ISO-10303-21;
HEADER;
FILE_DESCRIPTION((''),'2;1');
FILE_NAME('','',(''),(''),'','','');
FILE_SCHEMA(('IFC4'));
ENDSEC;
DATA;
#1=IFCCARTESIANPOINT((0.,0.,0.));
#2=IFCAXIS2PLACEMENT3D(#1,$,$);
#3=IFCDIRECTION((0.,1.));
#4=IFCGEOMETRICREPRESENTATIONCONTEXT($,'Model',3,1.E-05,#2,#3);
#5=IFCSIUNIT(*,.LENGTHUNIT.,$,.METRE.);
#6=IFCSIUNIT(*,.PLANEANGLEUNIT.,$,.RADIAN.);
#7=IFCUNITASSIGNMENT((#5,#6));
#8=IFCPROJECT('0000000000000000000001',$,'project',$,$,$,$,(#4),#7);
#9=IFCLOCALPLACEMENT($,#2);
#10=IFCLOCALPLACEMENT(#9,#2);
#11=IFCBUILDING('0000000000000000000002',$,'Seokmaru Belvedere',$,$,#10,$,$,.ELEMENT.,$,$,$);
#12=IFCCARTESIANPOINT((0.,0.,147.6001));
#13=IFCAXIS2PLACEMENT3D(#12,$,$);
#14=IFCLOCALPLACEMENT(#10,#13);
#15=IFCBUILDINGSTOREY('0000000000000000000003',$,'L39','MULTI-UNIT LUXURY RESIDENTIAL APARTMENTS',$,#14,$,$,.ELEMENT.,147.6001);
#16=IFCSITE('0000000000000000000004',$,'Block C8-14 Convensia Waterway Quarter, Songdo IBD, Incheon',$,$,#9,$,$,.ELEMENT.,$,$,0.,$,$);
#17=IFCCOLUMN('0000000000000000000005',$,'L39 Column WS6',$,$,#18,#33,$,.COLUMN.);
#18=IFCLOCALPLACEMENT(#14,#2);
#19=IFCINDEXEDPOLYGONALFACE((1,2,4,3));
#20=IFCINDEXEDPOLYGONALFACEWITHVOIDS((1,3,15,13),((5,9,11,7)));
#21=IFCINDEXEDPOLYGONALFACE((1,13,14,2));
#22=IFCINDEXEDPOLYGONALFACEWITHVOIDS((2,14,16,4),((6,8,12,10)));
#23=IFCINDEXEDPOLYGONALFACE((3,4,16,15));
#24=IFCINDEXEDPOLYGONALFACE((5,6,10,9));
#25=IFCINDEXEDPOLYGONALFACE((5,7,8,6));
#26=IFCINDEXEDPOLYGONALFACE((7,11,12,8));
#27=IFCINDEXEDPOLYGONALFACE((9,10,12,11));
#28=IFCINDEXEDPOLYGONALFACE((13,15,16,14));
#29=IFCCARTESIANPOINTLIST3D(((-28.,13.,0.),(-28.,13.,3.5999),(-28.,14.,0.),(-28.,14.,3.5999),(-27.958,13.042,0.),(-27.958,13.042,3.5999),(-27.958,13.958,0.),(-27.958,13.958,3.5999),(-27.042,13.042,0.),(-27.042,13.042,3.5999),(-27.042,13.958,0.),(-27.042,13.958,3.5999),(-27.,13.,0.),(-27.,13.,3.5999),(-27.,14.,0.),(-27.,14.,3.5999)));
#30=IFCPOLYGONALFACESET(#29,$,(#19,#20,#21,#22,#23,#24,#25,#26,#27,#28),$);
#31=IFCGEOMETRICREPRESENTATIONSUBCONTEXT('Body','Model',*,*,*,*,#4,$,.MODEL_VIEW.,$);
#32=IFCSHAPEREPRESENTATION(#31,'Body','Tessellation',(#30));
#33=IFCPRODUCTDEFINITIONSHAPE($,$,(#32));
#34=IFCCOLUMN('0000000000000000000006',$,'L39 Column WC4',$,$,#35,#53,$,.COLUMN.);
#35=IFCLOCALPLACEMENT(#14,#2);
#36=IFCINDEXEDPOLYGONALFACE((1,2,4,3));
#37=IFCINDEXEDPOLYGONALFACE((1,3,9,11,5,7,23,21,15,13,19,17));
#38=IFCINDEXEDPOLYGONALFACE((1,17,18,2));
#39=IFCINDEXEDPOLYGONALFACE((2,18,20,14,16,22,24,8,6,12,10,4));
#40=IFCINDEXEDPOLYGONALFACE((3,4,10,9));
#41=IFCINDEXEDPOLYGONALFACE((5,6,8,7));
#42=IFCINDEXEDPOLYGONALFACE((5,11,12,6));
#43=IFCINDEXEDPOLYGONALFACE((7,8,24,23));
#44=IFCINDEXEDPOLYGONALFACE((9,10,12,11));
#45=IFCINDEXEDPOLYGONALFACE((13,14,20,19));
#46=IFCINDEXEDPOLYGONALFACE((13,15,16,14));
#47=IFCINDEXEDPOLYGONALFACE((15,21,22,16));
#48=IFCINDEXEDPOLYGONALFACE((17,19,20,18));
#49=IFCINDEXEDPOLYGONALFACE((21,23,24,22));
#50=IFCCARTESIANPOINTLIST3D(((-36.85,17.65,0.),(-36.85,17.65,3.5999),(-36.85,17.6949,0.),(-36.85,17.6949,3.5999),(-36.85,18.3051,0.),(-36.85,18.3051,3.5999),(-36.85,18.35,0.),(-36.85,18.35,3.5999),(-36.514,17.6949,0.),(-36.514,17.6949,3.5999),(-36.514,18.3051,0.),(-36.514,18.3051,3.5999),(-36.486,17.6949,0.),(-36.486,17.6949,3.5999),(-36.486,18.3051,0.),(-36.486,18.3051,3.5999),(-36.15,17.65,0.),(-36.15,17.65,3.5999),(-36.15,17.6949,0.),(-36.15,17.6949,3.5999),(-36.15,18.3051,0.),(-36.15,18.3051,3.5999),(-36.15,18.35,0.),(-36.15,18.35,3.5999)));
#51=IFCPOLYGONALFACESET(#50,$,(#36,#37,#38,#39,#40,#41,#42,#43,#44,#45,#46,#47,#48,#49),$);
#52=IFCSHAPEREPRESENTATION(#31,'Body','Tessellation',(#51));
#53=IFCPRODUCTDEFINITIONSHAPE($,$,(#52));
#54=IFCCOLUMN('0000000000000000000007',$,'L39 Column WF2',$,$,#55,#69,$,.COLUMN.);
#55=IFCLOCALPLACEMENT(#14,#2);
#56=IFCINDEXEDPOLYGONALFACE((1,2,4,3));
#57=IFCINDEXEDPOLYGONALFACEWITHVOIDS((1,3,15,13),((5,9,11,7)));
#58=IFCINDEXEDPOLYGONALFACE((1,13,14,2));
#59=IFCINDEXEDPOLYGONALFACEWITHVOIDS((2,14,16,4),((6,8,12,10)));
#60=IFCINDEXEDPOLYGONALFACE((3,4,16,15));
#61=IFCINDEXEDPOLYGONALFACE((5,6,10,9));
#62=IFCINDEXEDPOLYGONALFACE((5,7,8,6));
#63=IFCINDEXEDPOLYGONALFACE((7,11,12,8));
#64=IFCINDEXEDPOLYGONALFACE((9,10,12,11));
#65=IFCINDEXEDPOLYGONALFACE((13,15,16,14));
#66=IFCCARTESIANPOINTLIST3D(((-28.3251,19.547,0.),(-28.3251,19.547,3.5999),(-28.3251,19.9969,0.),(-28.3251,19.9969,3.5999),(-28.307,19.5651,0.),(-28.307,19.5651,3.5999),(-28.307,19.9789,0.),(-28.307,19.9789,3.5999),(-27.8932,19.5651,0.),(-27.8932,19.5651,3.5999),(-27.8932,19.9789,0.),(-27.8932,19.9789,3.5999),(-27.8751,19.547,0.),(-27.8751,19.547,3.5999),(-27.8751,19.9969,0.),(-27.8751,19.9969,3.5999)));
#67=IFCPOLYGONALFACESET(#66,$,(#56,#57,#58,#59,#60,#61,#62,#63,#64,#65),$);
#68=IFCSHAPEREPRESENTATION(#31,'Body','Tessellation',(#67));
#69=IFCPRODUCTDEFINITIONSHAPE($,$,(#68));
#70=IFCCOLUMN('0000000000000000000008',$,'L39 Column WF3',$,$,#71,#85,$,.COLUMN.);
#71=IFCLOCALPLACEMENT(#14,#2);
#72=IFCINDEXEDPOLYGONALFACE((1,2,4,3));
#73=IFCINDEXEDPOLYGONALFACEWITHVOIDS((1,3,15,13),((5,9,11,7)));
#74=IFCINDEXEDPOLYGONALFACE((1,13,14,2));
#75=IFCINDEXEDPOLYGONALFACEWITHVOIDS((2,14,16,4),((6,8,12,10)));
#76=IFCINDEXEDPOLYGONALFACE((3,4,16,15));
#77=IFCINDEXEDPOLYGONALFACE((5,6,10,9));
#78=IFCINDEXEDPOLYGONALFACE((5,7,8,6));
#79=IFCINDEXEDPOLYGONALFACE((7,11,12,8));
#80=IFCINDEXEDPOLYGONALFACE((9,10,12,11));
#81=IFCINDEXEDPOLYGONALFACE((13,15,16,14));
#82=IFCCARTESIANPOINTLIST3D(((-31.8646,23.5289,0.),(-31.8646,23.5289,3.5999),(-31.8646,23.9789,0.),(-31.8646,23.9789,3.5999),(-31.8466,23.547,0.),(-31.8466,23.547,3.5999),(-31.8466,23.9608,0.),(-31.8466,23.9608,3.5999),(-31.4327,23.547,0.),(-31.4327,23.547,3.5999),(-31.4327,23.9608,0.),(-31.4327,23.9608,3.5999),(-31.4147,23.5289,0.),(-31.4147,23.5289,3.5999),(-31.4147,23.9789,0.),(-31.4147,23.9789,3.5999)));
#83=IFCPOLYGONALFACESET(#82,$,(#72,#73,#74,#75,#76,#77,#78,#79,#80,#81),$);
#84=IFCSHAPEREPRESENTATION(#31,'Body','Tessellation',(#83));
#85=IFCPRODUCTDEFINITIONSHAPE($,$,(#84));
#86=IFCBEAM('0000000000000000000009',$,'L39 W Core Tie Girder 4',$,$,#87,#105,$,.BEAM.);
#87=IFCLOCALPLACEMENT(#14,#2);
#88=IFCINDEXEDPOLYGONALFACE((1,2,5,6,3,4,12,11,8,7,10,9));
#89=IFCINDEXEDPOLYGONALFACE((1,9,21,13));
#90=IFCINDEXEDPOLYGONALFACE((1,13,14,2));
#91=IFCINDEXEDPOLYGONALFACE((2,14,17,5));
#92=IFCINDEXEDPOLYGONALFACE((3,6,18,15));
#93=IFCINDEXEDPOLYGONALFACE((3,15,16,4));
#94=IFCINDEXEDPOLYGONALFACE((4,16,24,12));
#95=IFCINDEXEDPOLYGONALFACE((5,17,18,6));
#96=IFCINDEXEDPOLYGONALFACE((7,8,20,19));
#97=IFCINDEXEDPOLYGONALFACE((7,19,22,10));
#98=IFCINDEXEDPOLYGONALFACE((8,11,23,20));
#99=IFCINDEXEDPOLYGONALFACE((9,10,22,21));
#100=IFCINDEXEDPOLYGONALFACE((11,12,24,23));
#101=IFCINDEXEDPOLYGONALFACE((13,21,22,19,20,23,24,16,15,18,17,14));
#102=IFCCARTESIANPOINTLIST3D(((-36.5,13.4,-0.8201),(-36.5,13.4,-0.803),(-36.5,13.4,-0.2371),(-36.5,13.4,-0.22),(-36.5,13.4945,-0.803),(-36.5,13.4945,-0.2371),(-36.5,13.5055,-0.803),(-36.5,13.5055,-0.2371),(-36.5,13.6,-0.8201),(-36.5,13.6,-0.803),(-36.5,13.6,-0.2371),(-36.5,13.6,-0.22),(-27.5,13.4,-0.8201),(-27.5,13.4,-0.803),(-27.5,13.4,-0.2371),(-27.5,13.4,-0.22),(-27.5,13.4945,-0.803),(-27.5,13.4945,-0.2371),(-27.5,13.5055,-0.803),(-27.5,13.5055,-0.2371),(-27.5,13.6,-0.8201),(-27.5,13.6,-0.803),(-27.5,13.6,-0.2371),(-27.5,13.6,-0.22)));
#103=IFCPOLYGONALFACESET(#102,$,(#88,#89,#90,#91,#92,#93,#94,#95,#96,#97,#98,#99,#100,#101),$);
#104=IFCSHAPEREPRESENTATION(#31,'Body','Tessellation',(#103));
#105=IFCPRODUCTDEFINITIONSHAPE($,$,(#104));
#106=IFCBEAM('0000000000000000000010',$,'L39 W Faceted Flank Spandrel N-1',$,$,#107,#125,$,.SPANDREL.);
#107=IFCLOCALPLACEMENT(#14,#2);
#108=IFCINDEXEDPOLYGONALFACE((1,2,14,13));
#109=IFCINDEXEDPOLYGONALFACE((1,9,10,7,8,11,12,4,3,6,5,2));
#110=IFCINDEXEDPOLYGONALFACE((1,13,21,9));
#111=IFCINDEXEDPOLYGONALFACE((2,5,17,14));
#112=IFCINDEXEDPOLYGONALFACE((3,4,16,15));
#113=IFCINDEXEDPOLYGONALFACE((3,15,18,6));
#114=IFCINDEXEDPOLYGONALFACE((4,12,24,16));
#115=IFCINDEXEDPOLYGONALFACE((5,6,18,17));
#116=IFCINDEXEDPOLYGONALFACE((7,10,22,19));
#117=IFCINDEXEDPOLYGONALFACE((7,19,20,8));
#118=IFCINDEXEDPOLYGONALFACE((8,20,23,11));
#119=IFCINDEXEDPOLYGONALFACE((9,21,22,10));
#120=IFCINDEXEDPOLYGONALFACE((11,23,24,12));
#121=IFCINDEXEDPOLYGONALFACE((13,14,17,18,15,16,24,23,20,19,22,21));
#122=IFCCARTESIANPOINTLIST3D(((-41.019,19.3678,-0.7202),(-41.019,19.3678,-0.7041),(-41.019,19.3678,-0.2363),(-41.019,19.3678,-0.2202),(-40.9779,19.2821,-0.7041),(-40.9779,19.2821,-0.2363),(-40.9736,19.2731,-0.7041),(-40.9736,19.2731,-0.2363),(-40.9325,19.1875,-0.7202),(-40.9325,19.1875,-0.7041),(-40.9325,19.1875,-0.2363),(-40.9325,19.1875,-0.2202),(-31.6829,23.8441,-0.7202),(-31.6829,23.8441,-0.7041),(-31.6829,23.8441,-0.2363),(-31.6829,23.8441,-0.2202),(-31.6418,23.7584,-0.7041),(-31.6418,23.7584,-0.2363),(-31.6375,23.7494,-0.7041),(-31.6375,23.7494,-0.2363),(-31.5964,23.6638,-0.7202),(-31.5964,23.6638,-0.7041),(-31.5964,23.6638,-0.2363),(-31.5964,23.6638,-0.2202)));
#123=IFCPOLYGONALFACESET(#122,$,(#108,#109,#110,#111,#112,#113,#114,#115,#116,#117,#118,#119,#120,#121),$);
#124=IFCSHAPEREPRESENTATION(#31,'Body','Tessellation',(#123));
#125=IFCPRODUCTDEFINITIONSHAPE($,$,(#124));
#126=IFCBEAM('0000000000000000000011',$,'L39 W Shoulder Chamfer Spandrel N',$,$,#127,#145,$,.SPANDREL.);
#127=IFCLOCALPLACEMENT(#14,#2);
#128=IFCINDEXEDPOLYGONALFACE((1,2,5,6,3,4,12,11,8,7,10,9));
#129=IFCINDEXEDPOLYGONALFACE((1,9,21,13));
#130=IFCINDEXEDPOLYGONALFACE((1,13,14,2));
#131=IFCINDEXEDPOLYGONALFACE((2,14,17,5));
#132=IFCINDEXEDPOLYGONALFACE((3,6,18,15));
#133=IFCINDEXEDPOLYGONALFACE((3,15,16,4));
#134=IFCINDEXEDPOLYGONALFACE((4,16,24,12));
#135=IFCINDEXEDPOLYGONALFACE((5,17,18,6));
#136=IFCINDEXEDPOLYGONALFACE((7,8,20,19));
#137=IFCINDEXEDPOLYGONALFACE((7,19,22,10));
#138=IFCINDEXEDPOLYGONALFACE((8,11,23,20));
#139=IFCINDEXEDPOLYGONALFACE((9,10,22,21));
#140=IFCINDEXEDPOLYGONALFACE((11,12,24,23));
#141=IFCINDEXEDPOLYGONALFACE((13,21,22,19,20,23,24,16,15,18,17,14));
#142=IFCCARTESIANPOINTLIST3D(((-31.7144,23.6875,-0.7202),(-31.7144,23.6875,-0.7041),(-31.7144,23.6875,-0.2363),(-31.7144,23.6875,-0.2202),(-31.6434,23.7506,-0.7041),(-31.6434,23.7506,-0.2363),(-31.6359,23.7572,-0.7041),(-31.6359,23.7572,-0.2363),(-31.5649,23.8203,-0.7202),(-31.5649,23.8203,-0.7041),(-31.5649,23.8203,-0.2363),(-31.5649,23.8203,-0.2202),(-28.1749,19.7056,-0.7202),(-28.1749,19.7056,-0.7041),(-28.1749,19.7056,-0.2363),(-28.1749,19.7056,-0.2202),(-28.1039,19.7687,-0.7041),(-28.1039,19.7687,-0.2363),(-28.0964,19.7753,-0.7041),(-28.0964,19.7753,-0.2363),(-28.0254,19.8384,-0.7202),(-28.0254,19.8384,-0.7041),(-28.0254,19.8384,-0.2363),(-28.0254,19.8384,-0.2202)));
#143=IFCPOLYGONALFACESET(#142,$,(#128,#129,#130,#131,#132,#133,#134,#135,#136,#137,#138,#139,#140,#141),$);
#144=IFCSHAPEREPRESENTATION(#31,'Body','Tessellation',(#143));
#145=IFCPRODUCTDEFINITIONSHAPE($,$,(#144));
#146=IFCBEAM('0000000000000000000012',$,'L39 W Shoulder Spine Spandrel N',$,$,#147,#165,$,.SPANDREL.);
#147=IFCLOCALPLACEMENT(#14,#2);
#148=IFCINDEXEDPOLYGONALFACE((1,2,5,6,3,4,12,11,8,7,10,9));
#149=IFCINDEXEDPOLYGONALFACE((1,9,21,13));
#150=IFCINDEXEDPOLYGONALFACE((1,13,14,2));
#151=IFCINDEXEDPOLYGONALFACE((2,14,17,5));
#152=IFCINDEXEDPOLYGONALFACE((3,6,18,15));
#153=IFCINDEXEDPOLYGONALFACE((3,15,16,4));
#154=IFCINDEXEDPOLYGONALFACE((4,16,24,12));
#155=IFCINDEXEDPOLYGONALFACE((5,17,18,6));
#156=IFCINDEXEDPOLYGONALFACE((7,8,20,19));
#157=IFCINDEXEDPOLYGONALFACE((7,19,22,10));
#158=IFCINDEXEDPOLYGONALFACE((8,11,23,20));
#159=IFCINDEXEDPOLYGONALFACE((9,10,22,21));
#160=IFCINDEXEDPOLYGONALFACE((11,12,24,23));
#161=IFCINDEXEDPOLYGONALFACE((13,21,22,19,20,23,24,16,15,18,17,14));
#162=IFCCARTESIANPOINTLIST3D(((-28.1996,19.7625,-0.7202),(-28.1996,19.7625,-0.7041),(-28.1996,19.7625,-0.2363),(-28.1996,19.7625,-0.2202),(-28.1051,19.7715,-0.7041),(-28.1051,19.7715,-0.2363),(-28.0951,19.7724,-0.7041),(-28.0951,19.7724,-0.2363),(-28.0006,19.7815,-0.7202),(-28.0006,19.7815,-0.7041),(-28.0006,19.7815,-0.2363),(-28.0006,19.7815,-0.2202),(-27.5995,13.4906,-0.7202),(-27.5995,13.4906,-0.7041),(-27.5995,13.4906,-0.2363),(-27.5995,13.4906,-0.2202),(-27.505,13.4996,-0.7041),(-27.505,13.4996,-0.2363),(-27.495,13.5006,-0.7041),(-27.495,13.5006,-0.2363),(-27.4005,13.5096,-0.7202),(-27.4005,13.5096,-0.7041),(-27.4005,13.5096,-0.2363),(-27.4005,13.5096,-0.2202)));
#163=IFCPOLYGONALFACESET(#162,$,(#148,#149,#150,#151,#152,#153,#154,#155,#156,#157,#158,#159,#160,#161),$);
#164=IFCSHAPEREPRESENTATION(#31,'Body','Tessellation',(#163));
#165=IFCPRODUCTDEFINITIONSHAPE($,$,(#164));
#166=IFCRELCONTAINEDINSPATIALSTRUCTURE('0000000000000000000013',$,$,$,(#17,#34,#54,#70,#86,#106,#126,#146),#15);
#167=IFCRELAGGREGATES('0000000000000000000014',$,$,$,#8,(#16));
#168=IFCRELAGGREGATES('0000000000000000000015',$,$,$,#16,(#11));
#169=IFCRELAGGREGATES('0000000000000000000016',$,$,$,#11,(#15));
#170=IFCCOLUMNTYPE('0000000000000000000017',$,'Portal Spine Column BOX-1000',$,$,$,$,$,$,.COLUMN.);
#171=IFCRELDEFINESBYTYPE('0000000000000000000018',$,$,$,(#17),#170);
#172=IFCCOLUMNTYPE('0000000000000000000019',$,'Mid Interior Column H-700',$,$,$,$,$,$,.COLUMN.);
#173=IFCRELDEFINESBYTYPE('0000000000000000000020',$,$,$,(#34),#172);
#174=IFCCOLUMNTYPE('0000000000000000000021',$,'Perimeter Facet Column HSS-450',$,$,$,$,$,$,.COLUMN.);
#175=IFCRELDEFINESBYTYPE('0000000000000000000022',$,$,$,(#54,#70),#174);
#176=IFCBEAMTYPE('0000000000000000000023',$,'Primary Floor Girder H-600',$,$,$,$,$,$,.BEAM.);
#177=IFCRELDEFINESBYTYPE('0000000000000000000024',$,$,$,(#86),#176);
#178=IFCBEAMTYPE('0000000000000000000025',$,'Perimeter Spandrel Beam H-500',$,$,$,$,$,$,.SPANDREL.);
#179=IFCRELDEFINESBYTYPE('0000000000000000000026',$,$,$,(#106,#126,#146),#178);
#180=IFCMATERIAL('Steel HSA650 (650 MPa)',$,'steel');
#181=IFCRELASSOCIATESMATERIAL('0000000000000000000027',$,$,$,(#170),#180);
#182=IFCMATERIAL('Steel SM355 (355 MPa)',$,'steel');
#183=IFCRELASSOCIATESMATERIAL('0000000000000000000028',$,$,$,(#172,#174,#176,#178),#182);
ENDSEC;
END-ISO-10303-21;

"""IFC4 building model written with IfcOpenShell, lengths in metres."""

from ifc_helpers import new_model, si_unit, direction, frame, origin, origin_2d, place, context, subcontext, project, spatial, hollow_rectangle, i_section, extrude, source, transform, mapped, material, material_profile, profile_set, type_object, type_shapes, element, save


model = new_model("IFC4")

# Units and contexts
model_context = context("Model", 3, precision=1e-05, world=origin(), true_north=direction((0.0, 1.0)))
body_context = subcontext(model_context, "Body", "Model", "MODEL_VIEW")
ifc_project = project(units=[si_unit("LENGTHUNIT", "METRE"), si_unit("PLANEANGLEUNIT", "RADIAN")], contexts=[model_context])

# Site, building, storey
site_placement = place(None, origin())
site = spatial("IfcSite", under=ifc_project, at=site_placement, Name="Block C8-14 Convensia Waterway Quarter, Songdo IBD, Incheon", CompositionType="ELEMENT", RefElevation=0.0)
building_placement = place(site_placement, origin())
building = spatial("IfcBuilding", under=site, at=building_placement, Name="Seokmaru Belvedere", CompositionType="ELEMENT")
storey_placement = place(building_placement, frame((0.0, 0.0, 147.6001)))
storey = spatial("IfcBuildingStorey", under=building, at=storey_placement, Name="L39", Description="MULTI-UNIT LUXURY RESIDENTIAL APARTMENTS", CompositionType="ELEMENT", Elevation=147.6001)

# Columns
ifc_material_1 = material(Name="Steel HSA650 (650 MPa)", Category="steel")
ifc_material_profile_1 = material_profile(ifc_material_1, hollow_rectangle(XDim=1.0, YDim=1.0, WallThickness=0.042, at=origin_2d()), Name="BOX-1000x1000x42")
ifc_profile_set_1 = profile_set([ifc_material_profile_1], Name="Steel HSA650 (650 MPa)")
column_type_1 = type_object("IfcColumnType", Name="Portal Spine Column BOX-1000", PredefinedType="COLUMN", material=ifc_profile_set_1)
shared_shape_1 = source(origin(), body_context, "Body", "SweptSolid", [
    extrude(hollow_rectangle(XDim=1.0, YDim=1.0, WallThickness=0.042, at=origin_2d()), origin(), (0.0, 0.0, 1.0), 3.5999),
])
type_shapes(column_type_1, [shared_shape_1])
column_1_placement = place(storey_placement, frame((-27.5, 13.5, 0.0), z_axis=(0.0, 0.0, 1.0), x_axis=(1.0, 0.0, 0.0)))
element("IfcColumn", 1, at=column_1_placement, inside=storey, type_object=column_type_1, Name="L39 Column WS6", PredefinedType="COLUMN", context=body_context, shape_type="MappedRepresentation", body=[
    mapped(shared_shape_1, transform((0.0, 0.0, 0.0), scale=1.0)),
])
ifc_material_2 = material(Name="Steel SM355 (355 MPa)", Category="steel")
ifc_material_profile_2 = material_profile(ifc_material_2, i_section(OverallWidth=0.7, OverallDepth=0.7, WebThickness=0.0281, FlangeThickness=0.0449, at=origin_2d()), Name="H-700x700x28x45")
ifc_profile_set_2 = profile_set([ifc_material_profile_2], Name="Steel SM355 (355 MPa)")
column_type_2 = type_object("IfcColumnType", Name="Mid Interior Column H-700", PredefinedType="COLUMN", material=ifc_profile_set_2)
shared_shape_2 = source(origin(), body_context, "Body", "SweptSolid", [
    extrude(i_section(OverallWidth=0.7, OverallDepth=0.7, WebThickness=0.0281, FlangeThickness=0.0449, at=origin_2d()), origin(), (0.0, 0.0, 1.0), 3.5999),
])
type_shapes(column_type_2, [shared_shape_2])
column_2_placement = place(storey_placement, frame((-36.5, 18.0, 0.0), z_axis=(0.0, 0.0, 1.0), x_axis=(1.0, 0.0, 0.0)))
element("IfcColumn", 2, at=column_2_placement, inside=storey, type_object=column_type_2, Name="L39 Column WC4", PredefinedType="COLUMN", context=body_context, shape_type="MappedRepresentation", body=[
    mapped(shared_shape_2, transform((0.0, 0.0, 0.0), scale=1.0)),
])
ifc_material_profile_3 = material_profile(ifc_material_2, hollow_rectangle(XDim=0.45, YDim=0.45, WallThickness=0.0181, at=origin_2d()), Name="HSS-450x450x18")
ifc_profile_set_3 = profile_set([ifc_material_profile_3], Name="Steel SM355 (355 MPa)")
column_type_3 = type_object("IfcColumnType", Name="Perimeter Facet Column HSS-450", PredefinedType="COLUMN", material=ifc_profile_set_3)
shared_shape_3 = source(origin(), body_context, "Body", "SweptSolid", [
    extrude(hollow_rectangle(XDim=0.45, YDim=0.45, WallThickness=0.0181, at=origin_2d()), origin(), (0.0, 0.0, 1.0), 3.5999),
])
type_shapes(column_type_3, [shared_shape_3])
for number, where, z_axis, x_axis, name in (
    (3, (-28.1001, 19.772, 0.0), (0.0, 0.0, 1.0), (1.0, 0.0, 0.0), "L39 Column WF2"),
    (4, (-31.6396, 23.7539, 0.0), (0.0, 0.0, 1.0), (1.0, 0.0, 0.0), "L39 Column WF3"),
):
    element("IfcColumn", number, at=place(storey_placement, frame(where, z_axis=z_axis, x_axis=x_axis)), inside=storey, type_object=column_type_3, Name=name, PredefinedType="COLUMN", context=body_context, shape_type="MappedRepresentation", body=[
        mapped(shared_shape_3, transform((0.0, 0.0, 0.0), scale=1.0)),
    ])

# Beams
ifc_material_profile_4 = material_profile(ifc_material_2, i_section(OverallWidth=0.2, OverallDepth=0.6001, WebThickness=0.011, FlangeThickness=0.0171, at=origin_2d()), Name="H-600x200x11x17")
ifc_profile_set_4 = profile_set([ifc_material_profile_4], Name="Steel SM355 (355 MPa)")
beam_type_1 = type_object("IfcBeamType", Name="Primary Floor Girder H-600", PredefinedType="BEAM", material=ifc_profile_set_4)
shared_shape_4 = source(origin(), body_context, "Body", "SweptSolid", [
    extrude(i_section(OverallWidth=0.2, OverallDepth=0.6001, WebThickness=0.011, FlangeThickness=0.0171, at=origin_2d()), origin(), (0.0, 0.0, 1.0), 9.0),
])
type_shapes(beam_type_1, [shared_shape_4])
beam_1_placement = place(storey_placement, frame((-36.5, 13.5, -0.52), z_axis=(1.0, 0.0, 0.0), x_axis=(0.0, 1.0, 0.0)))
element("IfcBeam", 5, at=beam_1_placement, inside=storey, type_object=beam_type_1, Name="L39 W Core Tie Girder 4", PredefinedType="BEAM", context=body_context, shape_type="MappedRepresentation", body=[
    mapped(shared_shape_4, transform((0.0, 0.0, 0.0), scale=1.0)),
])
ifc_material_profile_5 = material_profile(ifc_material_2, i_section(OverallWidth=0.2, OverallDepth=0.5, WebThickness=0.01, FlangeThickness=0.0161, at=origin_2d()), Name="H-500x200x10x16")
ifc_profile_set_5 = profile_set([ifc_material_profile_5], Name="Steel SM355 (355 MPa)")
beam_type_2 = type_object("IfcBeamType", Name="Perimeter Spandrel Beam H-500", PredefinedType="SPANDREL", material=ifc_profile_set_5)
shared_shape_5 = source(origin(), body_context, "Body", "SweptSolid", [
    extrude(i_section(OverallWidth=0.2, OverallDepth=0.5, WebThickness=0.01, FlangeThickness=0.0161, at=origin_2d()), origin(), (0.0, 0.0, 1.0), 10.3538),
])
beam_2_placement = place(storey_placement, frame((-31.6396, 23.7539, -0.4702), z_axis=(-0.901713, -0.432335, 0.0), x_axis=(0.432335, -0.901713, 0.0)))
element("IfcBeam", 6, at=beam_2_placement, inside=storey, type_object=beam_type_2, Name="L39 W Faceted Flank Spandrel N-1", PredefinedType="SPANDREL", context=body_context, shape_type="MappedRepresentation", body=[
    mapped(shared_shape_5, transform((0.0, 0.0, 0.0), scale=1.0)),
])
shared_shape_6 = source(origin(), body_context, "Body", "SweptSolid", [
    extrude(i_section(OverallWidth=0.2, OverallDepth=0.5, WebThickness=0.01, FlangeThickness=0.0161, at=origin_2d()), origin(), (0.0, 0.0, 1.0), 5.3276),
])
beam_3_placement = place(storey_placement, frame((-31.6396, 23.7539, -0.4702), z_axis=(0.66437, -0.747404, 0.0), x_axis=(0.747404, 0.66437, 0.0)))
element("IfcBeam", 7, at=beam_3_placement, inside=storey, type_object=beam_type_2, Name="L39 W Shoulder Chamfer Spandrel N", PredefinedType="SPANDREL", context=body_context, shape_type="MappedRepresentation", body=[
    mapped(shared_shape_6, transform((0.0, 0.0, 0.0), scale=1.0)),
])
shared_shape_7 = source(origin(), body_context, "Body", "SweptSolid", [
    extrude(i_section(OverallWidth=0.2, OverallDepth=0.5, WebThickness=0.01, FlangeThickness=0.0161, at=origin_2d()), origin(), (0.0, 0.0, 1.0), 6.3005),
])
type_shapes(beam_type_2, [shared_shape_5, shared_shape_6, shared_shape_7])
beam_4_placement = place(storey_placement, frame((-28.1001, 19.772, -0.4702), z_axis=(0.095244, -0.995454, 0.0), x_axis=(0.995454, 0.095244, 0.0)))
element("IfcBeam", 8, at=beam_4_placement, inside=storey, type_object=beam_type_2, Name="L39 W Shoulder Spine Spandrel N", PredefinedType="SPANDREL", context=body_context, shape_type="MappedRepresentation", body=[
    mapped(shared_shape_7, transform((0.0, 0.0, 0.0), scale=1.0)),
])

save(model, "model.ifc")
